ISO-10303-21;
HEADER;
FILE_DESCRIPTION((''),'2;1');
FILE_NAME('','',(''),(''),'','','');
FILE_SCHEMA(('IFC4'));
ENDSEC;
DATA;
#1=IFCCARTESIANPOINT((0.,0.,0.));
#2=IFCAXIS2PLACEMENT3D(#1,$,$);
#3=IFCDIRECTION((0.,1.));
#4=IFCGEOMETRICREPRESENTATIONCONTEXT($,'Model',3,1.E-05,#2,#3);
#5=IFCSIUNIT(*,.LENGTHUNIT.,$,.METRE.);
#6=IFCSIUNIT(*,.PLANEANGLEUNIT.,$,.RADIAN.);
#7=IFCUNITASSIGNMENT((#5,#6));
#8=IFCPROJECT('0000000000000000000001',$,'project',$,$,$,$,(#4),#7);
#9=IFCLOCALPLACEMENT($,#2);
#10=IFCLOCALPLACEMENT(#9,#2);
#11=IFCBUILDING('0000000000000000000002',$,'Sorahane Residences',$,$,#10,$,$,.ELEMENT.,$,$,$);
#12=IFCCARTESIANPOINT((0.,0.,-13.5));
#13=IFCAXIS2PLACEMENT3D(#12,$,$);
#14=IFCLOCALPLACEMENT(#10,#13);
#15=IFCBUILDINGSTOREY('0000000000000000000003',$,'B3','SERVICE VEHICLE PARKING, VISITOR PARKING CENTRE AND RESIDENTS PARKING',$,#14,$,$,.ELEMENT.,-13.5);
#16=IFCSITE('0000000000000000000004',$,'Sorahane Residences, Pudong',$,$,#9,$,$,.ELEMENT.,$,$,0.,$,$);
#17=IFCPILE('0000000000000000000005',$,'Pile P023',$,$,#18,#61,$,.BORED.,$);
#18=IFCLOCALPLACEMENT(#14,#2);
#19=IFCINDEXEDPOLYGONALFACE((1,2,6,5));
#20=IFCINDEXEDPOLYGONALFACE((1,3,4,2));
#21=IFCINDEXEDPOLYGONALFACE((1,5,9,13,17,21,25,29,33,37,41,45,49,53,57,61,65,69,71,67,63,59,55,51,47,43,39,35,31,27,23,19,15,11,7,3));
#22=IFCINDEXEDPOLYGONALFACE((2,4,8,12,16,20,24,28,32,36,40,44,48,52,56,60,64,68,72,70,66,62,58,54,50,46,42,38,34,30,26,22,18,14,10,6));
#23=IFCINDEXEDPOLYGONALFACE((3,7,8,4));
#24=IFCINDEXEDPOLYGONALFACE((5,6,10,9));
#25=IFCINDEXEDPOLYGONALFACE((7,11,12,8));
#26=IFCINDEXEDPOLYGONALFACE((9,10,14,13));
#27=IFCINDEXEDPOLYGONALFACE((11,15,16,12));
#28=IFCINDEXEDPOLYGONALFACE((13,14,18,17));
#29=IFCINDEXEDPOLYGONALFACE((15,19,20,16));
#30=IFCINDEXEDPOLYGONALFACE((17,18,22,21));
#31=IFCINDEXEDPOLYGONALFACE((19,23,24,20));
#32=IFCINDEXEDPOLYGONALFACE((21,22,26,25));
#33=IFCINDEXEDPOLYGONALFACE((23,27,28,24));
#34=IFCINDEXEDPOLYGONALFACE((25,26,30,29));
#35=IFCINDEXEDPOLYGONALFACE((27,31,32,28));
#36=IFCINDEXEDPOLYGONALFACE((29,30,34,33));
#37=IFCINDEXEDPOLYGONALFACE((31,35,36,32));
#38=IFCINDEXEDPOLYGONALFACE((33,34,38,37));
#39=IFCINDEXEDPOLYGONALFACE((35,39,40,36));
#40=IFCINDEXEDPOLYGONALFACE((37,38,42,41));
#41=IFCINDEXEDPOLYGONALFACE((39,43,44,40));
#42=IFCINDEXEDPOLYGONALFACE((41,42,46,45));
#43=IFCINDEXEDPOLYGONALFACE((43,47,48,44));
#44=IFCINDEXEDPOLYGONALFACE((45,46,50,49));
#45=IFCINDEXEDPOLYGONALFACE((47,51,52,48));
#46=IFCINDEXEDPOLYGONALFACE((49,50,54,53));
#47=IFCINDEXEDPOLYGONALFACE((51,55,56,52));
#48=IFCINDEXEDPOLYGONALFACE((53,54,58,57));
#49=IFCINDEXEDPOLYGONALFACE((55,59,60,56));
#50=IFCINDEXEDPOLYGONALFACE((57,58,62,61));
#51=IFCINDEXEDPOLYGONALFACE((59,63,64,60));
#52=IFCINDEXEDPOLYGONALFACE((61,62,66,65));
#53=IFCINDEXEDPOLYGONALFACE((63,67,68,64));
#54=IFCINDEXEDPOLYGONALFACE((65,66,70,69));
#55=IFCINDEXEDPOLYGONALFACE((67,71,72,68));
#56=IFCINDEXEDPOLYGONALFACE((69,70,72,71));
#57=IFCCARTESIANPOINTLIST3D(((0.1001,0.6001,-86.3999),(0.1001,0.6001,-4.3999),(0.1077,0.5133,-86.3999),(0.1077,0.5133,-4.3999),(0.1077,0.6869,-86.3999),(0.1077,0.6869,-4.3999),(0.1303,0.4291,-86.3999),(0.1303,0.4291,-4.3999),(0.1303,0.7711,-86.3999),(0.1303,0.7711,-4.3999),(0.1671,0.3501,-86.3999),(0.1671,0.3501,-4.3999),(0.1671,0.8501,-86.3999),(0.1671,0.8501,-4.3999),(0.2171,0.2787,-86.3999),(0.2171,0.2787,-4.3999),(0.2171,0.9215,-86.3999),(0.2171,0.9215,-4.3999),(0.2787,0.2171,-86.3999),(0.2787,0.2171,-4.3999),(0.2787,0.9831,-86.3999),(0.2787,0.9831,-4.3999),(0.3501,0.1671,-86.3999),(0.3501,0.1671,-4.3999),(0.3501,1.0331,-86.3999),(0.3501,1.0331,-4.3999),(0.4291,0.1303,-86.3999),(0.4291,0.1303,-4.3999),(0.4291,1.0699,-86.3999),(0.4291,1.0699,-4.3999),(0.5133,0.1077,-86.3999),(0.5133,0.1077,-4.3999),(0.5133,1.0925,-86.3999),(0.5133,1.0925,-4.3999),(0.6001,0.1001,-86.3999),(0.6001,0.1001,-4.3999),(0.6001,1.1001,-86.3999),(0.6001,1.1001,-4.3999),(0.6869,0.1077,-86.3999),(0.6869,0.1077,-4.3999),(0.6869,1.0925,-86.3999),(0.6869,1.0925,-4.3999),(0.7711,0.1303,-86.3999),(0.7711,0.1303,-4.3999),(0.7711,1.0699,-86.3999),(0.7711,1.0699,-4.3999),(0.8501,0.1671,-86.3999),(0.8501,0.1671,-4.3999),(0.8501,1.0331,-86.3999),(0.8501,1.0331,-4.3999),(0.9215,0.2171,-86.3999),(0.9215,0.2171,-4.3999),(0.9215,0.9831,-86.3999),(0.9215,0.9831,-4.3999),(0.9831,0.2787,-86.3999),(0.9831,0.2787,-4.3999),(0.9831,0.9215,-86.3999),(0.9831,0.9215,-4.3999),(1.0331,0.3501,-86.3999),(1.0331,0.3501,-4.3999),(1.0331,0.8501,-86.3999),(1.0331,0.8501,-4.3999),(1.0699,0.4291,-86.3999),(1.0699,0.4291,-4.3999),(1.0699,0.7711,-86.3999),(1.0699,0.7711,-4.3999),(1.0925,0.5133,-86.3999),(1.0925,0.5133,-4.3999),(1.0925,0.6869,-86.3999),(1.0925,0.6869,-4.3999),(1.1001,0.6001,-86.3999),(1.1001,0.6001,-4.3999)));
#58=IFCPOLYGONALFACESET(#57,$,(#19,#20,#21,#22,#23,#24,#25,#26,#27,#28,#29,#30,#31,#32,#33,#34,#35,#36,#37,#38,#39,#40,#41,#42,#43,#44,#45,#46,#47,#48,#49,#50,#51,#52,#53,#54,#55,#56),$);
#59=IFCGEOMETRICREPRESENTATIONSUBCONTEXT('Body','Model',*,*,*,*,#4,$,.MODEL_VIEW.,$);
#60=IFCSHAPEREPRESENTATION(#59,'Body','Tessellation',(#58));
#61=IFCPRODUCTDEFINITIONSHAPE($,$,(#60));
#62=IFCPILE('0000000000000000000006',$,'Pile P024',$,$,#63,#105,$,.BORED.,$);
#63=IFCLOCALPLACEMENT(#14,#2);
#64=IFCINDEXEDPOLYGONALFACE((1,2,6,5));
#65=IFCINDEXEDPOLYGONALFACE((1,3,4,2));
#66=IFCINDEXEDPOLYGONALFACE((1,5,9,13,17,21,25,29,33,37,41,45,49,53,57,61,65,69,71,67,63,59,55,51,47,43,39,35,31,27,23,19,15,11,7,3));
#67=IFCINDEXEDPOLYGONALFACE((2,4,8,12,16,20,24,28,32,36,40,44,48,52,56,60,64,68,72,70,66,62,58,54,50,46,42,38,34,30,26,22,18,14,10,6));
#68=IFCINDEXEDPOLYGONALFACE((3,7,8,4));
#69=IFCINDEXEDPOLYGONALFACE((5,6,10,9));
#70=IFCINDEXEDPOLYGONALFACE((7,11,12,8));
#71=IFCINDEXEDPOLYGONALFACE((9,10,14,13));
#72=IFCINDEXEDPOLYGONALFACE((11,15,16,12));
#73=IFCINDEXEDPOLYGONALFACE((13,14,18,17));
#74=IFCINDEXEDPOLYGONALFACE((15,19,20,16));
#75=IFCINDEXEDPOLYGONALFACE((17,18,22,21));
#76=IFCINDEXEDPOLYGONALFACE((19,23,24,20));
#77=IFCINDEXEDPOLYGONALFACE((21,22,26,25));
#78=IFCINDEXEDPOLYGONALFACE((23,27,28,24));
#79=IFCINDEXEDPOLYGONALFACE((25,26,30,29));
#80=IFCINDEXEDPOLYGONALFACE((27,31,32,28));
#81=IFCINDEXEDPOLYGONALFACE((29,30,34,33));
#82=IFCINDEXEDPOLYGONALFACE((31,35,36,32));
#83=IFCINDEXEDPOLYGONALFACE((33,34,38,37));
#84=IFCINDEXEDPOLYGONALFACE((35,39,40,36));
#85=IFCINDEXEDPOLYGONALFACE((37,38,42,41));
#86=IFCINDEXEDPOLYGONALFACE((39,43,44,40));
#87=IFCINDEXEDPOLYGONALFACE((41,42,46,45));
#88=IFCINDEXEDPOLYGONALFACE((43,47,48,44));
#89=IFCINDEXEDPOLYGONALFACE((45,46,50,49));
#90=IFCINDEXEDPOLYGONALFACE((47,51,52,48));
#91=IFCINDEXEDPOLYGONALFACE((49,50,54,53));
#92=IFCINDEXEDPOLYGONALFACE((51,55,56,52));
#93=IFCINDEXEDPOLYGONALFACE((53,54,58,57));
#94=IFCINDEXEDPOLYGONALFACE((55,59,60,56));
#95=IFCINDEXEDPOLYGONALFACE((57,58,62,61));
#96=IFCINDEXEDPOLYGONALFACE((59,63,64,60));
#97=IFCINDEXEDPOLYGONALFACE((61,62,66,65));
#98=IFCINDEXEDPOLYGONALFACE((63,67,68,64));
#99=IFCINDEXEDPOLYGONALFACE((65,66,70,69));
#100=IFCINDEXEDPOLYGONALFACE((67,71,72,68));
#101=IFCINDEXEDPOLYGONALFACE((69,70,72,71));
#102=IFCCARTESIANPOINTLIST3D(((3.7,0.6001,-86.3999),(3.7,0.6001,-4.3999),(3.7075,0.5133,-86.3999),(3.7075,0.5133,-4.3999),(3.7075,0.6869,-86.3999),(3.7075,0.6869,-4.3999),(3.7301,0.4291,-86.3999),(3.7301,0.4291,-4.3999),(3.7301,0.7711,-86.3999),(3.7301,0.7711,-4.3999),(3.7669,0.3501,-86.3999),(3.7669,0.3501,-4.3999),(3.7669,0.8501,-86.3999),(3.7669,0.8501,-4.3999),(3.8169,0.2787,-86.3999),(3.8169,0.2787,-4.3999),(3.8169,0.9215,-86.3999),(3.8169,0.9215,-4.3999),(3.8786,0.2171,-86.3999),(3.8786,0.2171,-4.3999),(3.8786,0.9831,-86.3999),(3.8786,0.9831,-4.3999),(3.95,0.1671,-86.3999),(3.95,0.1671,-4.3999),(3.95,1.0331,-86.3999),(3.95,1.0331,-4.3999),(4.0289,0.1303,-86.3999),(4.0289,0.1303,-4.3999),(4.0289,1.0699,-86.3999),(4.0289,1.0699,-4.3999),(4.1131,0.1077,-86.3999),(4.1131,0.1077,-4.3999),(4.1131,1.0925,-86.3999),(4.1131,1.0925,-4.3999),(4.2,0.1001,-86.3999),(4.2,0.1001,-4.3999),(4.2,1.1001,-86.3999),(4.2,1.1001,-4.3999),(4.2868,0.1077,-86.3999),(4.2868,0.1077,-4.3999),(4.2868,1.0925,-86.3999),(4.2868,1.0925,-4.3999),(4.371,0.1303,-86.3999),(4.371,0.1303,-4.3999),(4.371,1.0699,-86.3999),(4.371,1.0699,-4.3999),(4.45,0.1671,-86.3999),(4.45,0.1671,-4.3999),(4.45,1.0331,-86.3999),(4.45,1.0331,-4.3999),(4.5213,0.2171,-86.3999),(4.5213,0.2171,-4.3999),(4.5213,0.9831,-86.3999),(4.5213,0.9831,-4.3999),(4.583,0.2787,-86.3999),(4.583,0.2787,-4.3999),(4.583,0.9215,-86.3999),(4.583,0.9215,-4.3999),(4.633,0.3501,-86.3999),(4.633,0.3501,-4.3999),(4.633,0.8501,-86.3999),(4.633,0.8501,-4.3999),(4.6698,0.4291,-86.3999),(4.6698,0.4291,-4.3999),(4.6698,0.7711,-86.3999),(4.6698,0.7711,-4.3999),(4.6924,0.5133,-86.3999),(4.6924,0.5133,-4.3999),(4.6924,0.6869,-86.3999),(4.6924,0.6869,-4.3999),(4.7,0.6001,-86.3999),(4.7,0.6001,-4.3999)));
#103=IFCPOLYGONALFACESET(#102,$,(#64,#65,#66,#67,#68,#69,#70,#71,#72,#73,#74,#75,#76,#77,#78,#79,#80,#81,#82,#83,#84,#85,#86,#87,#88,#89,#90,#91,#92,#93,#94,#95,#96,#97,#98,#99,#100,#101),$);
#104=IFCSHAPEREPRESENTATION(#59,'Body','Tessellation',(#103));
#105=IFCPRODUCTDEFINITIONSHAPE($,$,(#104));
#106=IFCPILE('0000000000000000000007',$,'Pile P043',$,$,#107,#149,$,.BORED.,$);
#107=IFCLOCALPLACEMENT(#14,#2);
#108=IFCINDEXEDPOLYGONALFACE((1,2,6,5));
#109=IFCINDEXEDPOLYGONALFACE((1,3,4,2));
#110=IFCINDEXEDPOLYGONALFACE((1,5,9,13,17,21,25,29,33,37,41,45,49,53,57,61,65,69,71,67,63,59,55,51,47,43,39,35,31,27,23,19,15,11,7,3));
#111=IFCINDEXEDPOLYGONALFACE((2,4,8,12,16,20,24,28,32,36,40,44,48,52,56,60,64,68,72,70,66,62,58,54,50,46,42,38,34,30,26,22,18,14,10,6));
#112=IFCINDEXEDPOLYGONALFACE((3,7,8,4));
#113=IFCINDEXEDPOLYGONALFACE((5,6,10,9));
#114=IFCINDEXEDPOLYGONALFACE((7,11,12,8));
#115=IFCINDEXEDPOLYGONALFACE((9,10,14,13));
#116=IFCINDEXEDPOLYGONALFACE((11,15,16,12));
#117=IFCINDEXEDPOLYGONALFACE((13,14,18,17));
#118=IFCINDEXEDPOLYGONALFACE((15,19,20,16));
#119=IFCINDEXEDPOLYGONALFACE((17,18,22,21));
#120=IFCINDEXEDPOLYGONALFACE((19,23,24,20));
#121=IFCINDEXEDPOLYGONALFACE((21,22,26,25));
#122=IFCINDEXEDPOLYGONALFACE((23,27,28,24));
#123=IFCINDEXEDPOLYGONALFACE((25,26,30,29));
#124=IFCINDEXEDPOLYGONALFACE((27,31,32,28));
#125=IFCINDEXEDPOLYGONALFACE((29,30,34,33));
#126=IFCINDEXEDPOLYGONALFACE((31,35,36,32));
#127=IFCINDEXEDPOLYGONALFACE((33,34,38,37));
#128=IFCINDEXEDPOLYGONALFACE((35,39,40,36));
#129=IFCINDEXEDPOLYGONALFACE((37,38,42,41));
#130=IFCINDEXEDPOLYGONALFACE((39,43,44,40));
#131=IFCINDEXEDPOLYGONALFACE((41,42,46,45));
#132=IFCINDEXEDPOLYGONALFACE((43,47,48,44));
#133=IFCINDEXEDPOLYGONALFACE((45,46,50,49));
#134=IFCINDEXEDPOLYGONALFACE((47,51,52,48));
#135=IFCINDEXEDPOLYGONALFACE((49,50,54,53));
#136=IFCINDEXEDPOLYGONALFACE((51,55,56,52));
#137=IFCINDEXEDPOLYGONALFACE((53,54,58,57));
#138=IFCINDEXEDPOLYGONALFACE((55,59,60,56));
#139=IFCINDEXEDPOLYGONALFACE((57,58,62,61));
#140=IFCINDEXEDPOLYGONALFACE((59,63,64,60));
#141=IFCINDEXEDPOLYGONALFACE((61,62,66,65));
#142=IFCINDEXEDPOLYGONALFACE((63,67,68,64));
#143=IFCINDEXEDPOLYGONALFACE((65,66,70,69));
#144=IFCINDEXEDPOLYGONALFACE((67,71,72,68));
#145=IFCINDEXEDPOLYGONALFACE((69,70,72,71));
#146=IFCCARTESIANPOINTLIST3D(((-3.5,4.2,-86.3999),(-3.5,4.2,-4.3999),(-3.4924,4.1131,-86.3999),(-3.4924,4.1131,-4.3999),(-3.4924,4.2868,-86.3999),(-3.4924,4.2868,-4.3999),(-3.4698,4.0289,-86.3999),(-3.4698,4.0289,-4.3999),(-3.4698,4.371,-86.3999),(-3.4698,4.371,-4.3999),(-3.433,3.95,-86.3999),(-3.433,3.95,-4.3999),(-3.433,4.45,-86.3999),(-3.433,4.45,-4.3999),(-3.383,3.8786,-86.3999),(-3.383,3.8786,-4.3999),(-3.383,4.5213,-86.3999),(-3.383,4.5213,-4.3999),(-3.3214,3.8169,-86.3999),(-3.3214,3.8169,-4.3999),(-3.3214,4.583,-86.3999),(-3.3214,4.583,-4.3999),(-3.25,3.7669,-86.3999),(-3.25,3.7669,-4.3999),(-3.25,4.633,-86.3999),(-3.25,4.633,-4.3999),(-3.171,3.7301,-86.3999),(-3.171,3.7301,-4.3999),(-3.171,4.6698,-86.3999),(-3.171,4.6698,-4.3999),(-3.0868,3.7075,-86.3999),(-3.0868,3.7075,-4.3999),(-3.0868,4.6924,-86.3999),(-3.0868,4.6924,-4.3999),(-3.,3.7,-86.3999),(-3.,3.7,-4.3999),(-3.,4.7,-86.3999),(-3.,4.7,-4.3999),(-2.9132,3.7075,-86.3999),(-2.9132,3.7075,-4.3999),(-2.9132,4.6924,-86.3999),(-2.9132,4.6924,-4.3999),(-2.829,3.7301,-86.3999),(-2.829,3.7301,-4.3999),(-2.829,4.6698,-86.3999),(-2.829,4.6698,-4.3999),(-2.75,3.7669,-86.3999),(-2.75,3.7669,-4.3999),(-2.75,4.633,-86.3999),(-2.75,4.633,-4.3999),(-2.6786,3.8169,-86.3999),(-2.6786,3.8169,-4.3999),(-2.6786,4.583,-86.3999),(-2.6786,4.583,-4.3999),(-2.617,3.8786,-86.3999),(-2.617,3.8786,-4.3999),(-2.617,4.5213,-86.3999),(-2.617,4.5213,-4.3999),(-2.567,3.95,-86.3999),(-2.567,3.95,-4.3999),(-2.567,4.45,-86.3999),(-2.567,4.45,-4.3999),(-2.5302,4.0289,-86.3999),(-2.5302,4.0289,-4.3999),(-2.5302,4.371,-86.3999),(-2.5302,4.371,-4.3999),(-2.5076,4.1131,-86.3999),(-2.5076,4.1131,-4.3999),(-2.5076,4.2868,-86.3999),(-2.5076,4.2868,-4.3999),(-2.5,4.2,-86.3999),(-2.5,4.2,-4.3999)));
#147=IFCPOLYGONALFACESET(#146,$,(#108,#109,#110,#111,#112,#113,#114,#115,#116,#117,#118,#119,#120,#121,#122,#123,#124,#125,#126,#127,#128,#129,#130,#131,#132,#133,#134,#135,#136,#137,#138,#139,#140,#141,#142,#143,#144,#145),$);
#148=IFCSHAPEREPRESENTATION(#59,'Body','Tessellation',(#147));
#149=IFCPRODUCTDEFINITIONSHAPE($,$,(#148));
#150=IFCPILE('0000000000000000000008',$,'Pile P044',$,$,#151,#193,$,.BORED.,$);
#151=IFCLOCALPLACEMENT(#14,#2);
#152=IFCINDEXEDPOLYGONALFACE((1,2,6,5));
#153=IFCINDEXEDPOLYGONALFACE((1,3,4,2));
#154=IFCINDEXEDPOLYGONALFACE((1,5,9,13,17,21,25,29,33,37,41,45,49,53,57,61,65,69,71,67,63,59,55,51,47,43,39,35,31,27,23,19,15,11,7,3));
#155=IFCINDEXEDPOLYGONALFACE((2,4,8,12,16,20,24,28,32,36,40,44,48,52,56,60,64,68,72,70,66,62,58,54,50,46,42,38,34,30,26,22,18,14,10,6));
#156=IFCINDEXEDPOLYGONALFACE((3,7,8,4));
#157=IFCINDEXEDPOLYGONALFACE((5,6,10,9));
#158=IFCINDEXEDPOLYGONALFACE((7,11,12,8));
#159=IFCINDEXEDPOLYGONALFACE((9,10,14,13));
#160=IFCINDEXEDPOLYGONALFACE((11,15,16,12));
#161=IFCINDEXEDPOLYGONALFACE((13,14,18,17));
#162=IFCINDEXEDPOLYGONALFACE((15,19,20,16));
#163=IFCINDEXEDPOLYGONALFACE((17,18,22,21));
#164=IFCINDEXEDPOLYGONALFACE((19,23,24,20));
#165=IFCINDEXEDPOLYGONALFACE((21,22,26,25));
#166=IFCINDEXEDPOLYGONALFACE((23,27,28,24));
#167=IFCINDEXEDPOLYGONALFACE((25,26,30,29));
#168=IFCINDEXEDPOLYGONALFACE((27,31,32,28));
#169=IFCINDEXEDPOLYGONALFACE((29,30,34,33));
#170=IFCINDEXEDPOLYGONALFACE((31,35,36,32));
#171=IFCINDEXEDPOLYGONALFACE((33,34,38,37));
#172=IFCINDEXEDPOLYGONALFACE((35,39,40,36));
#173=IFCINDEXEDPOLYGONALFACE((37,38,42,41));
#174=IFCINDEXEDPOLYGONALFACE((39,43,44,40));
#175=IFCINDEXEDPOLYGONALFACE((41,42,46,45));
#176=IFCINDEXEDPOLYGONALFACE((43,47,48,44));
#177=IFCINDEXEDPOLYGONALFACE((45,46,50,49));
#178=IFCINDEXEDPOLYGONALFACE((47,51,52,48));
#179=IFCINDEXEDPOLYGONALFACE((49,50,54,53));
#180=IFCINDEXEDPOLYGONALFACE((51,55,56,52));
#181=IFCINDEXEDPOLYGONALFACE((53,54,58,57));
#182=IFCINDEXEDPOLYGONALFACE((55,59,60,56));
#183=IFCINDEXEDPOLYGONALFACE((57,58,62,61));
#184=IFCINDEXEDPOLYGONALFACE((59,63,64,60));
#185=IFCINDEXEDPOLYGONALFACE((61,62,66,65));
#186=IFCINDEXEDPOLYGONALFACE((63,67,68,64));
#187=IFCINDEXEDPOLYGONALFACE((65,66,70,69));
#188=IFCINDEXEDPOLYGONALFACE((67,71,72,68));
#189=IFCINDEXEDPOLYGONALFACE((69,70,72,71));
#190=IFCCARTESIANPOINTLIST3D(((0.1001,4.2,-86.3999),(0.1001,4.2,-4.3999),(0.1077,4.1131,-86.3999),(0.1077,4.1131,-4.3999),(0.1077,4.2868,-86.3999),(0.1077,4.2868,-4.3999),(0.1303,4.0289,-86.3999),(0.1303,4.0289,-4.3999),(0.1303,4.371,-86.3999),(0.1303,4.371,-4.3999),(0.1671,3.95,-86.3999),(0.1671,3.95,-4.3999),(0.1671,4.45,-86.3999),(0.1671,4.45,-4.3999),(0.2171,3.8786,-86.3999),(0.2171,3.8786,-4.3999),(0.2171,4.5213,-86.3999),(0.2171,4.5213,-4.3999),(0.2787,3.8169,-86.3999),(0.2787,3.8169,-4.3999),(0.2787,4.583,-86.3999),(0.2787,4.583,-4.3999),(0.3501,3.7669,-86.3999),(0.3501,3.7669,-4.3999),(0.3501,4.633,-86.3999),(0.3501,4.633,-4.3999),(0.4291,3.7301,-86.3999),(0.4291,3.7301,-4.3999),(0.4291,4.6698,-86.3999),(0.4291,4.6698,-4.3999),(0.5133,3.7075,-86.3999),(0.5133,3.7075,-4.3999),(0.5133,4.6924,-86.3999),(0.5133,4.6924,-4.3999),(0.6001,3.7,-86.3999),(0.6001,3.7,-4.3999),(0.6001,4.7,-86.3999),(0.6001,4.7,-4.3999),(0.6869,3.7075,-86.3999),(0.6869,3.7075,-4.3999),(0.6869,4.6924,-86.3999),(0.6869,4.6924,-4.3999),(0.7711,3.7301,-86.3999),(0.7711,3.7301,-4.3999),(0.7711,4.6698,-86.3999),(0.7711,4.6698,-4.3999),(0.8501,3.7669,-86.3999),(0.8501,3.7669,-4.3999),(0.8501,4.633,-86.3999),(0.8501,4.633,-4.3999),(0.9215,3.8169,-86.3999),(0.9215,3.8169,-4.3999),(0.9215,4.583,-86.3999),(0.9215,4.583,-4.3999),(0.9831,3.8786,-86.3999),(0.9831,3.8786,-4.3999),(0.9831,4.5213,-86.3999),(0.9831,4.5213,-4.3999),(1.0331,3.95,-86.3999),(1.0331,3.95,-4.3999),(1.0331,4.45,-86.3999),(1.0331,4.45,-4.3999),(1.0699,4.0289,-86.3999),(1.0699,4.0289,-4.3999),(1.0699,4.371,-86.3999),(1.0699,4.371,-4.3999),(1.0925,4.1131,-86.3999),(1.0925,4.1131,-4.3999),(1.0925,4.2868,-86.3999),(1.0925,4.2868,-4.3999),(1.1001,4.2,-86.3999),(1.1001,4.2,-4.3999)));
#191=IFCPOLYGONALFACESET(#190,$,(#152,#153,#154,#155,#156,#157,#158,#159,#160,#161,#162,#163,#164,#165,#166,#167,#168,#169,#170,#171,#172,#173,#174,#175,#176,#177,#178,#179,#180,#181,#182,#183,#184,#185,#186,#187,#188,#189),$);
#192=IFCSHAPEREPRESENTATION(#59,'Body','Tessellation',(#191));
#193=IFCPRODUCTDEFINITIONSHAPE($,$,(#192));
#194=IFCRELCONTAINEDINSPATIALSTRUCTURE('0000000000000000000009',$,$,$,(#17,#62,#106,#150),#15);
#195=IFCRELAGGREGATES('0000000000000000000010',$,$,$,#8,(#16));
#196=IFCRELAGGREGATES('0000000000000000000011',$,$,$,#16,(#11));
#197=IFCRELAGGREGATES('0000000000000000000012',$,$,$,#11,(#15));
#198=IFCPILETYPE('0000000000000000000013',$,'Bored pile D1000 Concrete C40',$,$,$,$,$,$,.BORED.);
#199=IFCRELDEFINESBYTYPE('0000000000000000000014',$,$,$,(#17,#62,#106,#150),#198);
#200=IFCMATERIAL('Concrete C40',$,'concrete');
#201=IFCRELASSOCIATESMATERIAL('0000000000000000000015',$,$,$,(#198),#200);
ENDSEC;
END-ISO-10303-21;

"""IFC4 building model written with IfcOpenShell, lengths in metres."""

from ifc_helpers import new_model, si_unit, direction, frame, origin, origin_2d, place, context, subcontext, project, spatial, circle, extrude, material, material_profile, profile_set, type_object, element, save


model = new_model("IFC4")

# Units and contexts
model_context = context("Model", 3, precision=1e-05, world=origin(), true_north=direction((0.0, 1.0)))
body_context = subcontext(model_context, "Body", "Model", "MODEL_VIEW")
ifc_project = project(units=[si_unit("LENGTHUNIT", "METRE"), si_unit("PLANEANGLEUNIT", "RADIAN")], contexts=[model_context])

# Site, building, storey
site_placement = place(None, origin())
site = spatial("IfcSite", under=ifc_project, at=site_placement, Name="Sorahane Residences, Pudong", CompositionType="ELEMENT", RefElevation=0.0)
building_placement = place(site_placement, origin())
building = spatial("IfcBuilding", under=site, at=building_placement, Name="Sorahane Residences", CompositionType="ELEMENT")
storey_placement = place(building_placement, frame((0.0, 0.0, -13.5)))
storey = spatial("IfcBuildingStorey", under=building, at=storey_placement, Name="B3", Description="SERVICE VEHICLE PARKING, VISITOR PARKING CENTRE AND RESIDENTS PARKING", CompositionType="ELEMENT", Elevation=-13.5)

# Piles
ifc_material_1 = material(Name="Concrete C40", Category="concrete")
ifc_material_profile_1 = material_profile(ifc_material_1, circle(Radius=0.5, at=origin_2d()), Name="D1000")
ifc_profile_set_1 = profile_set([ifc_material_profile_1], Name="Concrete C40")
pile_type = type_object("IfcPileType", Name="Bored pile D1000 Concrete C40", PredefinedType="BORED", material=ifc_profile_set_1)
for number, where, z_axis, x_axis, name in (
    (1, (0.6001, 0.6001, -4.3999), (0.0, 0.0, -1.0), (1.0, 0.0, 0.0), "Pile P023"),
    (2, (4.2, 0.6001, -4.3999), (0.0, 0.0, -1.0), (1.0, 0.0, 0.0), "Pile P024"),
    (3, (-3.0, 4.2, -4.3999), (0.0, 0.0, -1.0), (1.0, 0.0, 0.0), "Pile P043"),
    (4, (0.6001, 4.2, -4.3999), (0.0, 0.0, -1.0), (1.0, 0.0, 0.0), "Pile P044"),
):
    element("IfcPile", number, at=place(storey_placement, frame(where, z_axis=z_axis, x_axis=x_axis)), inside=storey, type_object=pile_type, Name=name, PredefinedType="BORED", context=body_context, shape_type="SweptSolid", body=[
        extrude(circle(Radius=0.5, at=origin_2d()), origin(), (0.0, 0.0, 1.0), 82.0),
    ])

save(model, "model.ifc")
